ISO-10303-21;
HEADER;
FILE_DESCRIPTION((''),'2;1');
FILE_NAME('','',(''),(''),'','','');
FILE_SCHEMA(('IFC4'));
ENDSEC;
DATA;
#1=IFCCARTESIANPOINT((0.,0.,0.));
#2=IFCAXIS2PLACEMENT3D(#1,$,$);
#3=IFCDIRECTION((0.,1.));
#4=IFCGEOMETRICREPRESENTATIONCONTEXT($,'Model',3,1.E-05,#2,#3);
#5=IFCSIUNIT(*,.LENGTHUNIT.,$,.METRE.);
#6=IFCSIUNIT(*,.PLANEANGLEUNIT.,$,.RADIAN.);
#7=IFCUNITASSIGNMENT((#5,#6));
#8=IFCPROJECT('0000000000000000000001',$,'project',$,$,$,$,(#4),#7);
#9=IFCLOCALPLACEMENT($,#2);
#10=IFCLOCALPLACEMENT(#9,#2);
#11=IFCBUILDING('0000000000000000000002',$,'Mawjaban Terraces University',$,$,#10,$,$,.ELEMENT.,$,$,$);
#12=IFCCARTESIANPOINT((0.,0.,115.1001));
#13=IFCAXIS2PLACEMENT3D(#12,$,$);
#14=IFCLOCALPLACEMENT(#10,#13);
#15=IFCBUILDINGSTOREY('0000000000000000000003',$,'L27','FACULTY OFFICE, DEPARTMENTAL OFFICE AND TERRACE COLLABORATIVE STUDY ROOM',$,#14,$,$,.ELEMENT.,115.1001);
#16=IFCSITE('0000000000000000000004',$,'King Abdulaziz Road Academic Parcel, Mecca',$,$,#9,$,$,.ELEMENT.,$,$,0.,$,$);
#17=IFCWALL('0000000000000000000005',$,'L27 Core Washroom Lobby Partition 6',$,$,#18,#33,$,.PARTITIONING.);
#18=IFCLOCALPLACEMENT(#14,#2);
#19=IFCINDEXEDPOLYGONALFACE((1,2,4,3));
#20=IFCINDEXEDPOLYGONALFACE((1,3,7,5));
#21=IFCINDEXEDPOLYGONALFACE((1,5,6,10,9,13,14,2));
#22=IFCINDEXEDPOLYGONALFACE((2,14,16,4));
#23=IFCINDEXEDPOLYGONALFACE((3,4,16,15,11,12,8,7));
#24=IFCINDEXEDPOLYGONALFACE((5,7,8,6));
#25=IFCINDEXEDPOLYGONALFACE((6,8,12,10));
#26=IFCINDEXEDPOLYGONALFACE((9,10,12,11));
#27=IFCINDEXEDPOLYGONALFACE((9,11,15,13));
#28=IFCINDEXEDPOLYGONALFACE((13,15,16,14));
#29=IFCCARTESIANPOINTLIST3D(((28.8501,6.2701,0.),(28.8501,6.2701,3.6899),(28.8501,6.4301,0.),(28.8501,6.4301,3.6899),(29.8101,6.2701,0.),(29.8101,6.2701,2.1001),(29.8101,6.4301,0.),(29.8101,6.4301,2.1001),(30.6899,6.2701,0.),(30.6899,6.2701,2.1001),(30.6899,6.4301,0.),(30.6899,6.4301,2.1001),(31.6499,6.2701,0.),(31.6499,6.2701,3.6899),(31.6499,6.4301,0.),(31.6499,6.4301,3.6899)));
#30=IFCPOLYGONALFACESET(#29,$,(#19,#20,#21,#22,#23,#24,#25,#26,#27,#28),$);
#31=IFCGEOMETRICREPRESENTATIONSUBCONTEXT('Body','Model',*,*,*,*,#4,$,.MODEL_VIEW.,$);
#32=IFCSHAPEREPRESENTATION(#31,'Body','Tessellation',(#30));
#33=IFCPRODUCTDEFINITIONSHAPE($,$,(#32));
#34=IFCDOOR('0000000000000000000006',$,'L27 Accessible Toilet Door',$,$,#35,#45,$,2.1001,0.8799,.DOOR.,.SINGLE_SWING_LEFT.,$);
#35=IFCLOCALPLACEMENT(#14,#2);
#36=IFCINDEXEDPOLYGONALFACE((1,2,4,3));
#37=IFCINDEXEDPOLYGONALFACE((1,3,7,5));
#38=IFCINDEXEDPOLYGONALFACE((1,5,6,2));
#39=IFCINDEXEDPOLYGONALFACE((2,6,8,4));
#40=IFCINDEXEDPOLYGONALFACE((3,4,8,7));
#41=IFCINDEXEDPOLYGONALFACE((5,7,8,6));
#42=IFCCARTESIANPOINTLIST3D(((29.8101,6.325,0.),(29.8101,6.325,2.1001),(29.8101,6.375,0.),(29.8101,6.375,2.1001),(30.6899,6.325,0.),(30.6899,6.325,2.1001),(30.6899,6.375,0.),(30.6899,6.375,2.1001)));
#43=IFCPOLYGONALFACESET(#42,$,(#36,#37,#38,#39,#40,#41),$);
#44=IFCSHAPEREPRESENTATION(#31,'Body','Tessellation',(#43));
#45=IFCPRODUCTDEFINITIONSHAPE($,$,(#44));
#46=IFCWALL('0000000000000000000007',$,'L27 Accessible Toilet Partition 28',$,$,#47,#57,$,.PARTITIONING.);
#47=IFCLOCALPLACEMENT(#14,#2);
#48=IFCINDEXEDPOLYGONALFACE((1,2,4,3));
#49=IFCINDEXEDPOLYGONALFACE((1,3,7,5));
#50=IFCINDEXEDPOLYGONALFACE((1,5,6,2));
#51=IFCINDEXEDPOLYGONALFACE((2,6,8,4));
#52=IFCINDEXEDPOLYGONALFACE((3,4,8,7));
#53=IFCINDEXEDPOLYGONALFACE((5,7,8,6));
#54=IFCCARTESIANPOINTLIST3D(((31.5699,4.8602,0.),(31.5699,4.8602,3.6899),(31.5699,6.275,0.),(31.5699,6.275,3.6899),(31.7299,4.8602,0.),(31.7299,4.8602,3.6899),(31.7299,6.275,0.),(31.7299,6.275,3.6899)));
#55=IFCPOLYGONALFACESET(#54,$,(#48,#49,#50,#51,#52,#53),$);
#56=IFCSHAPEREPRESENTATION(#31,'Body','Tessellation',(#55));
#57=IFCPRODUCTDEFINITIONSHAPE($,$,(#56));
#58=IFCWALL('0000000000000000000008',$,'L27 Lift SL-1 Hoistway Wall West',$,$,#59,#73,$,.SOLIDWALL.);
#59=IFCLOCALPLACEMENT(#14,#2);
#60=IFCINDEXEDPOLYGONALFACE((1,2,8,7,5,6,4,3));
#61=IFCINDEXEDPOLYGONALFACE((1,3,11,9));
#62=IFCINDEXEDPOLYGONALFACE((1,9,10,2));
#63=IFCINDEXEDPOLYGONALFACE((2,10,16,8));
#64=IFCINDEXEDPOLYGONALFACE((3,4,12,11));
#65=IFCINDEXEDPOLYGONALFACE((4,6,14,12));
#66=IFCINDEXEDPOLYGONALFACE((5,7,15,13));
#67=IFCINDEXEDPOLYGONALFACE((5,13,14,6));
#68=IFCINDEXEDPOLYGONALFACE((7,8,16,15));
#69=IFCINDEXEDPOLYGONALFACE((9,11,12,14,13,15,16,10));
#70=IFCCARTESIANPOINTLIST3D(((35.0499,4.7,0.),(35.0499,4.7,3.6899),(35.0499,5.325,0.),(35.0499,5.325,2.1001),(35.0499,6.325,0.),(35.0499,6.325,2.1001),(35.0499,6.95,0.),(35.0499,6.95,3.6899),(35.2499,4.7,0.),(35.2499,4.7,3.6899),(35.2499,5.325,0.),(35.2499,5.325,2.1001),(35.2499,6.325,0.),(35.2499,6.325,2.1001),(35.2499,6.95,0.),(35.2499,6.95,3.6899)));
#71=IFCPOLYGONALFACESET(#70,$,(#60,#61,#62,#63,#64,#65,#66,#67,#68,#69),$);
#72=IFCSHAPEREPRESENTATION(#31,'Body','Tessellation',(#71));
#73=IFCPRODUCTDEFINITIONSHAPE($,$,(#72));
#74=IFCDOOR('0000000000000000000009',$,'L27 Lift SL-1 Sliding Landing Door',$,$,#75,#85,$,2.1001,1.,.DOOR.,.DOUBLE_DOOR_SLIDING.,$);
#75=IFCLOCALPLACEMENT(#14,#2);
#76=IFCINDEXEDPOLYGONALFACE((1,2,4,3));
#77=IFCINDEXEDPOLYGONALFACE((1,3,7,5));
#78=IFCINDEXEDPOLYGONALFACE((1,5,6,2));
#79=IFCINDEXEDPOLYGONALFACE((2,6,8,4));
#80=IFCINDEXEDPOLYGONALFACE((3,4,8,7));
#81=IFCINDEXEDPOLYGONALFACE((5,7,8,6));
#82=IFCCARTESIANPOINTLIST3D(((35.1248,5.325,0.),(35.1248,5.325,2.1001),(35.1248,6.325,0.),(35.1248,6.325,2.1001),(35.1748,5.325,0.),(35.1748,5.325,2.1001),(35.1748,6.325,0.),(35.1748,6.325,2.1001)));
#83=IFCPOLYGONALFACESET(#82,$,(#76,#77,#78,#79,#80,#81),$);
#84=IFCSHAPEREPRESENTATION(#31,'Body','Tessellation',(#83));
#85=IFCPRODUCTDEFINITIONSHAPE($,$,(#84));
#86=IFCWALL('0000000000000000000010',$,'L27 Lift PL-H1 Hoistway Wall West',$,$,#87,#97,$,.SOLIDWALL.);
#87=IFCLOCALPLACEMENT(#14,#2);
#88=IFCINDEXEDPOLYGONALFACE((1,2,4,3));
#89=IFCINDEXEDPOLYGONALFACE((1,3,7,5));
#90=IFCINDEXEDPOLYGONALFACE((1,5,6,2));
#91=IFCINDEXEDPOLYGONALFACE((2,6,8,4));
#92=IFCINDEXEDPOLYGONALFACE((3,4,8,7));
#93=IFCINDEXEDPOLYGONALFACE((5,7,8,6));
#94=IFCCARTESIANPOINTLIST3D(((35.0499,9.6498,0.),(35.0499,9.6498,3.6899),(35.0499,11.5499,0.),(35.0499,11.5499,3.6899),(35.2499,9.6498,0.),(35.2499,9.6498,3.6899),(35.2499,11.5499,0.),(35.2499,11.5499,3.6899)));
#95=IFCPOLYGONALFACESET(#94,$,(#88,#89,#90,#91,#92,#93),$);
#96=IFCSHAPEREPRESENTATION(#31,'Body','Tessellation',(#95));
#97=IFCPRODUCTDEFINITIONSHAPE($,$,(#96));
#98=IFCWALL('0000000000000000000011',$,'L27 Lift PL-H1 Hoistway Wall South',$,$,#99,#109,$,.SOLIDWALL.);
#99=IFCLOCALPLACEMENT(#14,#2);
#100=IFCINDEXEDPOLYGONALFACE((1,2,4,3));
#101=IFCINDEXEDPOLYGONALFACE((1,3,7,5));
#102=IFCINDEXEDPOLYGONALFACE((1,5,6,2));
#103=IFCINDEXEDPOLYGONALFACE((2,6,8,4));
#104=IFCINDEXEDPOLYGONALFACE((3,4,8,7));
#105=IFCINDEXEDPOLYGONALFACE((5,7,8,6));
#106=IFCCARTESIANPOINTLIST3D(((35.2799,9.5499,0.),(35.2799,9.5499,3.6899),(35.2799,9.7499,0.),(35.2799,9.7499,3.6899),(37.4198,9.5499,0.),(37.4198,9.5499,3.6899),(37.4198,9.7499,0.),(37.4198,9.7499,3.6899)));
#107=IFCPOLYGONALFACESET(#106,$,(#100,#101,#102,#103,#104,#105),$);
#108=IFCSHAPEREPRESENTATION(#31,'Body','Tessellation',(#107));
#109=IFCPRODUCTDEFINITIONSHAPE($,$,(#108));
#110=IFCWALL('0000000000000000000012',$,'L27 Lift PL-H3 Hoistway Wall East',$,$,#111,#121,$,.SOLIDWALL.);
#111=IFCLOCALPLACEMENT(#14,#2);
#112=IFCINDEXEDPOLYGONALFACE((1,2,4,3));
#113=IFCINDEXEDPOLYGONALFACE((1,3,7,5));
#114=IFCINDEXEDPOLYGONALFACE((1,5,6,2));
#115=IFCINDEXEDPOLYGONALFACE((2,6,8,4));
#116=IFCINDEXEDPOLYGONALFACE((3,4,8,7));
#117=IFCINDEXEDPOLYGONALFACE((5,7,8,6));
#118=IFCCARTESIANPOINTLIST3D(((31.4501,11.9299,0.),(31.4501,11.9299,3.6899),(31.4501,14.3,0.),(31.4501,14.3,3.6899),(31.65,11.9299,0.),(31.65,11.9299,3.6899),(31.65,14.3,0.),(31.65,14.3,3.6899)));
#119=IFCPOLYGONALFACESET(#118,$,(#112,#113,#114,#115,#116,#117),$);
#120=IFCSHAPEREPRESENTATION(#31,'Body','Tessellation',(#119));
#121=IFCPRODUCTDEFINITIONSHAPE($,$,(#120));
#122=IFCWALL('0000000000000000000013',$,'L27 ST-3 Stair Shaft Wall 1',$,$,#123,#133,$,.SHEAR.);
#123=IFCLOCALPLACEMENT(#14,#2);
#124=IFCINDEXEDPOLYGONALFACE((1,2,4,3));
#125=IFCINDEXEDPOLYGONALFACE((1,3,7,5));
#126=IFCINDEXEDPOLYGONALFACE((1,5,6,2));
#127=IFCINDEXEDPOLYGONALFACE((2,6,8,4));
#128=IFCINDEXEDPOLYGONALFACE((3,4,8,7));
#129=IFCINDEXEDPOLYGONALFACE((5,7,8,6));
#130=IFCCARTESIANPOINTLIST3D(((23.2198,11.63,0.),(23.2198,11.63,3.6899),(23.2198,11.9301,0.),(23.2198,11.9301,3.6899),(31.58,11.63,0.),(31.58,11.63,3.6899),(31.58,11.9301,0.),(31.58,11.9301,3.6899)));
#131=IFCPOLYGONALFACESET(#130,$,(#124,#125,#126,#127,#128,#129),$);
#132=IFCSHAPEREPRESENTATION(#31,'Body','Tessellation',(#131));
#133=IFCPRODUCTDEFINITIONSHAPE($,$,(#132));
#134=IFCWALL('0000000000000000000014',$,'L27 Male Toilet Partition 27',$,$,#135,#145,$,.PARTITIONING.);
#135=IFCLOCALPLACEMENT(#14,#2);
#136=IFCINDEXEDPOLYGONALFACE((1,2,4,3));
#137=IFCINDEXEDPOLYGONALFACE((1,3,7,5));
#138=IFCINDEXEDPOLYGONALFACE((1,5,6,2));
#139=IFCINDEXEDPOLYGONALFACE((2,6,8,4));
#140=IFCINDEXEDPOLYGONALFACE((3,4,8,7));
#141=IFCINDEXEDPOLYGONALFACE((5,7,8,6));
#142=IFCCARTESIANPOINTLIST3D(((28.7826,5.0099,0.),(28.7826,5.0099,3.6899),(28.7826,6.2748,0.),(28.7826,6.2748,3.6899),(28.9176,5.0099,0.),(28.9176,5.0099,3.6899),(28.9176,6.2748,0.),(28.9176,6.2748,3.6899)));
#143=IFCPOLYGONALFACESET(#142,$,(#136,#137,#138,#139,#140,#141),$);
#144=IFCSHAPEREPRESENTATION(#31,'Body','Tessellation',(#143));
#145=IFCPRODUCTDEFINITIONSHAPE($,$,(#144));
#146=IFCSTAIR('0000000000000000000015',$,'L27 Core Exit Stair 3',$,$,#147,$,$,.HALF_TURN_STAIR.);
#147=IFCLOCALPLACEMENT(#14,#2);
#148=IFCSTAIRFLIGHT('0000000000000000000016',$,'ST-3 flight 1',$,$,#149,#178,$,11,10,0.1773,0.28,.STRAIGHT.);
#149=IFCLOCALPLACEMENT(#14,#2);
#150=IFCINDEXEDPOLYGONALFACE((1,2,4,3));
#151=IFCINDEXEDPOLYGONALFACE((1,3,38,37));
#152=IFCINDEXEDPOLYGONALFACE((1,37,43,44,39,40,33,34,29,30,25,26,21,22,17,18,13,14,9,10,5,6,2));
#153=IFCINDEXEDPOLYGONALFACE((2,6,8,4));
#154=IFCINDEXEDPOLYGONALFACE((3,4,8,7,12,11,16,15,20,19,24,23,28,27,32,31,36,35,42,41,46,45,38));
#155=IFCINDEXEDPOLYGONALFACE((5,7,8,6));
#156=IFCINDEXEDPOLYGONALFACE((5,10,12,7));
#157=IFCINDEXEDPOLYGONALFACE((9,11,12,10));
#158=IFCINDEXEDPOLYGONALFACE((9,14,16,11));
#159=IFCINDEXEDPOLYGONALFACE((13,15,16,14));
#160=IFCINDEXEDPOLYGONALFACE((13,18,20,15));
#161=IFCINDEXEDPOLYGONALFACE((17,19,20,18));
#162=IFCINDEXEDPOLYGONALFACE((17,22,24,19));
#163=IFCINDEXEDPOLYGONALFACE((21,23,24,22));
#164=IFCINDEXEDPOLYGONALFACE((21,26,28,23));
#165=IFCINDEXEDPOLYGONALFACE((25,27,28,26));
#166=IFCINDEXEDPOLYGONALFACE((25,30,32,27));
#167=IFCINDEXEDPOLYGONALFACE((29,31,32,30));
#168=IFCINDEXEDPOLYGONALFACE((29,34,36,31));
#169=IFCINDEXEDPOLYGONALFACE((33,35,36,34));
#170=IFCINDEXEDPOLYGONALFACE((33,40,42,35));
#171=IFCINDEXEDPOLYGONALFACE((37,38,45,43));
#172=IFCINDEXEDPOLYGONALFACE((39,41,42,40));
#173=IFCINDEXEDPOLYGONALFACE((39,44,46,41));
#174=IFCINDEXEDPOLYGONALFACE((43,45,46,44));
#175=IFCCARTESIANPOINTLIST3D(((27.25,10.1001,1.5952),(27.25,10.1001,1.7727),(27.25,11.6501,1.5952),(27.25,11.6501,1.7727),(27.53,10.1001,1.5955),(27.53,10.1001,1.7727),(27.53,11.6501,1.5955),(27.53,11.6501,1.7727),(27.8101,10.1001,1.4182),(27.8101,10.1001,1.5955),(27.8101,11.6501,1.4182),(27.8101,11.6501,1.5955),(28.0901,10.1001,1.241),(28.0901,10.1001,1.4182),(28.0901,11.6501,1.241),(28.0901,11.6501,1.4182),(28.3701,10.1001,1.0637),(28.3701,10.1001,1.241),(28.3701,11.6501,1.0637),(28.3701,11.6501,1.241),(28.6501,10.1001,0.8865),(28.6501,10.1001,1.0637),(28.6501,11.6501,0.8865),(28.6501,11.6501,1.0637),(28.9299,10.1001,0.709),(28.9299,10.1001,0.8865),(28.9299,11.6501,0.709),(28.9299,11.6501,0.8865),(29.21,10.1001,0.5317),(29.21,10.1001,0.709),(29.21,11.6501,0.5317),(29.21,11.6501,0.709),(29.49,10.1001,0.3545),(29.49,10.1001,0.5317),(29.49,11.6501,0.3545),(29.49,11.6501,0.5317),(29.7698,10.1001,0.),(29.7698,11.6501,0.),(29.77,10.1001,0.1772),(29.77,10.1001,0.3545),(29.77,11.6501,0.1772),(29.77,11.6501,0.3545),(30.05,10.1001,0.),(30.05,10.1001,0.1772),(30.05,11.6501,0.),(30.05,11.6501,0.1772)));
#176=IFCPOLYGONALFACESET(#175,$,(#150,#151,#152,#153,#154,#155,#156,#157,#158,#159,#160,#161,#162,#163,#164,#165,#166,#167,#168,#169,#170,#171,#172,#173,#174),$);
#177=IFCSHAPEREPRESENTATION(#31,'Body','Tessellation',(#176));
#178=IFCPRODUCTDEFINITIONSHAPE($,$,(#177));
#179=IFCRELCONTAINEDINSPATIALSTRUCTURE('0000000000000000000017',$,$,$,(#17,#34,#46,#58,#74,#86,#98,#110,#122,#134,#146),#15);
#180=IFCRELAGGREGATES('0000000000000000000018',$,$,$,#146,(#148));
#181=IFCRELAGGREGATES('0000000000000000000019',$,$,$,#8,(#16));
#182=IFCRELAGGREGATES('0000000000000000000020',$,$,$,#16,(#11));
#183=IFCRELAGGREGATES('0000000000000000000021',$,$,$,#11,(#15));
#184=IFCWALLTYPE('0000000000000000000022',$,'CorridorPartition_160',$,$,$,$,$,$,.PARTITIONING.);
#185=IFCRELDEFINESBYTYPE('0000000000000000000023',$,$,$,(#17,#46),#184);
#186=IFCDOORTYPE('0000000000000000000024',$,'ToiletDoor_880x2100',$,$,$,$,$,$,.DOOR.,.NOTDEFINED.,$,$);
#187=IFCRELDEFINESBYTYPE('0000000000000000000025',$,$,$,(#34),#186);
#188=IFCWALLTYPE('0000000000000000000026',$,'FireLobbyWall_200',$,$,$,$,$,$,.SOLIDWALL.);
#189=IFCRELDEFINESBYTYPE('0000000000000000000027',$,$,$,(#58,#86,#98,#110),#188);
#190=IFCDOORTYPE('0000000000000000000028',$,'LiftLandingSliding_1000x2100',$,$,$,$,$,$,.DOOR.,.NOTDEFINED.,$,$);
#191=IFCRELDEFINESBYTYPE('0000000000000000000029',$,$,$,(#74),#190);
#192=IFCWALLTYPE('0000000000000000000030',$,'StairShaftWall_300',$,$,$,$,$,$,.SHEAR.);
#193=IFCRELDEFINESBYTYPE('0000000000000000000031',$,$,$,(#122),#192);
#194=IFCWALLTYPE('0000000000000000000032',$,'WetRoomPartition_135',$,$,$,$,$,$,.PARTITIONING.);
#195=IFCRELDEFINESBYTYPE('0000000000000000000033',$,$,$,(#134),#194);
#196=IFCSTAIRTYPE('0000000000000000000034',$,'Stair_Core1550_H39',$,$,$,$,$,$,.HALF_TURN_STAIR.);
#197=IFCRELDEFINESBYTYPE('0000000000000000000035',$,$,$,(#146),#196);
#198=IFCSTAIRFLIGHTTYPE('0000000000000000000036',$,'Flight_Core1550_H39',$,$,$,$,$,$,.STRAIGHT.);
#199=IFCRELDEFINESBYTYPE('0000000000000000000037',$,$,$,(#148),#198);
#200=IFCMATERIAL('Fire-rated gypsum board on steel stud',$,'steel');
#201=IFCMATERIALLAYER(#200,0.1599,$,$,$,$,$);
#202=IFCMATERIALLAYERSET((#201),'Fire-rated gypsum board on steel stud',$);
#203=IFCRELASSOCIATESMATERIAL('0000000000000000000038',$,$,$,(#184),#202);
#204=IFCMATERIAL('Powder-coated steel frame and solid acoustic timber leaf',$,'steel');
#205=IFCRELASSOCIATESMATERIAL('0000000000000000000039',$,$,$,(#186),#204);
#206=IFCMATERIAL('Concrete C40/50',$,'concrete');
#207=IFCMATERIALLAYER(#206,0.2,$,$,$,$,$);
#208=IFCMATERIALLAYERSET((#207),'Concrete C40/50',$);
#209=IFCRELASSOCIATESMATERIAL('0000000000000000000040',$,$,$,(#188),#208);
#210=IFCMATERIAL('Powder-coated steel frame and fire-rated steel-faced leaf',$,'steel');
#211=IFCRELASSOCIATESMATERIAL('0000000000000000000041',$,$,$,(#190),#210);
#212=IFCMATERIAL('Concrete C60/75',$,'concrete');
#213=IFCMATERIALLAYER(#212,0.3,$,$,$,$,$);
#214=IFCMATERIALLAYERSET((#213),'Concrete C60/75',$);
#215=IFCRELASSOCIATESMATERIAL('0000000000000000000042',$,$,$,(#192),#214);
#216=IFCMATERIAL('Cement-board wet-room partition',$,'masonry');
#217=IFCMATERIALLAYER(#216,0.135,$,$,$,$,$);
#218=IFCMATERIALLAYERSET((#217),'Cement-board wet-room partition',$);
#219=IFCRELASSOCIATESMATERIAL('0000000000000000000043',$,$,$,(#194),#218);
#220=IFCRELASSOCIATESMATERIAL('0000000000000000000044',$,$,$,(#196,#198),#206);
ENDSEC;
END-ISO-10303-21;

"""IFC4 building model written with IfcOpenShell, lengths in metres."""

from ifc_helpers import new_model, si_unit, direction, frame, frame_2d, origin, place, context, subcontext, project, spatial, polyline, rectangle, outline, extrude, material, layer, layer_set, type_object, element, fill, aggregate, save


model = new_model("IFC4")

# Units and contexts
model_context = context("Model", 3, precision=1e-05, world=origin(), true_north=direction((0.0, 1.0)))
body_context = subcontext(model_context, "Body", "Model", "MODEL_VIEW")
ifc_project = project(units=[si_unit("LENGTHUNIT", "METRE"), si_unit("PLANEANGLEUNIT", "RADIAN")], contexts=[model_context])

# Site, building, storey
site_placement = place(None, origin())
site = spatial("IfcSite", under=ifc_project, at=site_placement, Name="King Abdulaziz Road Academic Parcel, Mecca", CompositionType="ELEMENT", RefElevation=0.0)
building_placement = place(site_placement, origin())
building = spatial("IfcBuilding", under=site, at=building_placement, Name="Mawjaban Terraces University", CompositionType="ELEMENT")
storey_placement = place(building_placement, frame((0.0, 0.0, 115.1001)))
storey = spatial("IfcBuildingStorey", under=building, at=storey_placement, Name="L27", Description="FACULTY OFFICE, DEPARTMENTAL OFFICE AND TERRACE COLLABORATIVE STUDY ROOM", CompositionType="ELEMENT", Elevation=115.1001)

# Wall, opening, door
ifc_material_1 = material(Name="Fire-rated gypsum board on steel stud", Category="steel")
ifc_layer_1 = layer(ifc_material_1, 0.1599)
ifc_layer_set_1 = layer_set([ifc_layer_1], Name="Fire-rated gypsum board on steel stud")
wall_type_1 = type_object("IfcWallType", Name="CorridorPartition_160", PredefinedType="PARTITIONING", material=ifc_layer_set_1)
wall_1_placement = place(storey_placement, frame((28.8501, 6.3501, 0.0), z_axis=(0.0, 0.0, 1.0), x_axis=(1.0, 0.0, 0.0)))
wall_1 = element("IfcWall", 1, at=wall_1_placement, inside=storey, type_object=wall_type_1, Name="L27 Core Washroom Lobby Partition 6", PredefinedType="PARTITIONING", context=body_context, shape_type="SweptSolid", body=[
    extrude(rectangle(XDim=2.7998, YDim=0.1599, at=frame_2d((1.3999, 0.0))), origin(), (0.0, 0.0, 1.0), 3.6899),
])
opening_1_placement = place(wall_1_placement, frame((0.96, 0.0, 0.0)))
opening_1 = element("IfcOpeningElement", 2, at=opening_1_placement, cuts=wall_1, PredefinedType="OPENING", context=body_context, shape_type="SweptSolid", body=[
    extrude(rectangle(XDim=0.8799, YDim=2.1001, at=frame_2d((0.4399, 1.05))), frame((0.0, 0.0898, 0.0), z_axis=(0.0, -1.0, 0.0), x_axis=(1.0, 0.0, 0.0)), (0.0, 0.0, 1.0), 0.1799),
])
ifc_material_2 = material(Name="Powder-coated steel frame and solid acoustic timber leaf", Category="steel")
door_type_1 = type_object("IfcDoorType", Name="ToiletDoor_880x2100", OperationType="NOTDEFINED", PredefinedType="DOOR", material=ifc_material_2)
door_1_placement = place(opening_1_placement, origin())
door_1 = element("IfcDoor", 3, at=door_1_placement, inside=storey, type_object=door_type_1, Name="L27 Accessible Toilet Door", OperationType="SINGLE_SWING_LEFT", OverallHeight=2.1001, OverallWidth=0.8799, PredefinedType="DOOR", context=body_context, shape_type="SweptSolid", body=[
    extrude(rectangle(XDim=0.8799, YDim=2.1001, at=frame_2d((0.4399, 1.05))), frame((0.0, 0.0249, 0.0), z_axis=(0.0, -1.0, 0.0), x_axis=(1.0, 0.0, 0.0)), (0.0, 0.0, 1.0), 0.05),
])
fill(opening_1, door_1)

# Wall
wall_2_placement = place(storey_placement, frame((31.6499, 4.8601, 0.0), z_axis=(0.0, 0.0, 1.0), x_axis=(0.0, 1.0, 0.0)))
element("IfcWall", 4, at=wall_2_placement, inside=storey, type_object=wall_type_1, Name="L27 Accessible Toilet Partition 28", PredefinedType="PARTITIONING", context=body_context, shape_type="SweptSolid", body=[
    extrude(rectangle(XDim=1.4148, YDim=0.1599, at=frame_2d((0.7075, 0.0))), origin(), (0.0, 0.0, 1.0), 3.6899),
])

# Wall, opening, door
ifc_material_3 = material(Name="Concrete C40/50", Category="concrete")
ifc_layer_2 = layer(ifc_material_3, 0.2)
ifc_layer_set_2 = layer_set([ifc_layer_2], Name="Concrete C40/50")
wall_type_2 = type_object("IfcWallType", Name="FireLobbyWall_200", PredefinedType="SOLIDWALL", material=ifc_layer_set_2)
wall_3_placement = place(storey_placement, frame((35.1499, 6.95, 0.0), z_axis=(0.0, 0.0, 1.0), x_axis=(0.0, -1.0, 0.0)))
wall_3 = element("IfcWall", 5, at=wall_3_placement, inside=storey, type_object=wall_type_2, Name="L27 Lift SL-1 Hoistway Wall West", PredefinedType="SOLIDWALL", context=body_context, shape_type="SweptSolid", body=[
    extrude(rectangle(XDim=2.25, YDim=0.2, at=frame_2d((1.125, 0.0))), origin(), (0.0, 0.0, 1.0), 3.6899),
])
opening_2_placement = place(wall_3_placement, frame((0.625, 0.0, 0.0)))
opening_2 = element("IfcOpeningElement", 6, at=opening_2_placement, cuts=wall_3, PredefinedType="OPENING", context=body_context, shape_type="SweptSolid", body=[
    extrude(rectangle(XDim=1.0, YDim=2.1001, at=frame_2d((0.5, 1.05))), frame((0.0, 0.1099, 0.0), z_axis=(0.0, -1.0, 0.0), x_axis=(1.0, 0.0, 0.0)), (0.0, 0.0, 1.0), 0.22),
])
ifc_material_4 = material(Name="Powder-coated steel frame and fire-rated steel-faced leaf", Category="steel")
door_type_2 = type_object("IfcDoorType", Name="LiftLandingSliding_1000x2100", OperationType="NOTDEFINED", PredefinedType="DOOR", material=ifc_material_4)
door_2_placement = place(opening_2_placement, origin())
door_2 = element("IfcDoor", 7, at=door_2_placement, inside=storey, type_object=door_type_2, Name="L27 Lift SL-1 Sliding Landing Door", OperationType="DOUBLE_DOOR_SLIDING", OverallHeight=2.1001, OverallWidth=1.0, PredefinedType="DOOR", context=body_context, shape_type="SweptSolid", body=[
    extrude(rectangle(XDim=1.0, YDim=2.1001, at=frame_2d((0.5, 1.05))), frame((0.0, 0.0249, 0.0), z_axis=(0.0, -1.0, 0.0), x_axis=(1.0, 0.0, 0.0)), (0.0, 0.0, 1.0), 0.05),
])
fill(opening_2, door_2)

# Walls
wall_4_placement = place(storey_placement, frame((35.1499, 11.55, 0.0), z_axis=(0.0, 0.0, 1.0), x_axis=(0.0, -1.0, 0.0)))
element("IfcWall", 8, at=wall_4_placement, inside=storey, type_object=wall_type_2, Name="L27 Lift PL-H1 Hoistway Wall West", PredefinedType="SOLIDWALL", context=body_context, shape_type="SweptSolid", body=[
    extrude(rectangle(XDim=1.9001, YDim=0.2, at=frame_2d((0.9502, 0.0))), origin(), (0.0, 0.0, 1.0), 3.6899),
])
wall_5_placement = place(storey_placement, frame((35.28, 9.6499, 0.0), z_axis=(0.0, 0.0, 1.0), x_axis=(1.0, 0.0, 0.0)))
element("IfcWall", 9, at=wall_5_placement, inside=storey, type_object=wall_type_2, Name="L27 Lift PL-H1 Hoistway Wall South", PredefinedType="SOLIDWALL", context=body_context, shape_type="SweptSolid", body=[
    extrude(rectangle(XDim=2.1399, YDim=0.2, at=frame_2d((1.0698, 0.0))), origin(), (0.0, 0.0, 1.0), 3.6899),
])
wall_6_placement = place(storey_placement, frame((31.55, 11.9299, 0.0), z_axis=(0.0, 0.0, 1.0), x_axis=(0.0, 1.0, 0.0)))
element("IfcWall", 10, at=wall_6_placement, inside=storey, type_object=wall_type_2, Name="L27 Lift PL-H3 Hoistway Wall East", PredefinedType="SOLIDWALL", context=body_context, shape_type="SweptSolid", body=[
    extrude(rectangle(XDim=2.3701, YDim=0.2, at=frame_2d((1.1851, 0.0))), origin(), (0.0, 0.0, 1.0), 3.6899),
])
ifc_material_5 = material(Name="Concrete C60/75", Category="concrete")
ifc_layer_3 = layer(ifc_material_5, 0.3)
ifc_layer_set_3 = layer_set([ifc_layer_3], Name="Concrete C60/75")
wall_type_3 = type_object("IfcWallType", Name="StairShaftWall_300", PredefinedType="SHEAR", material=ifc_layer_set_3)
wall_7_placement = place(storey_placement, frame((31.5801, 11.78, 0.0), z_axis=(0.0, 0.0, 1.0), x_axis=(-1.0, 0.0, 0.0)))
element("IfcWall", 11, at=wall_7_placement, inside=storey, type_object=wall_type_3, Name="L27 ST-3 Stair Shaft Wall 1", PredefinedType="SHEAR", context=body_context, shape_type="SweptSolid", body=[
    extrude(rectangle(XDim=8.3601, YDim=0.3, at=frame_2d((4.1802, 0.0))), origin(), (0.0, 0.0, 1.0), 3.6899),
])

# Wall
ifc_material_6 = material(Name="Cement-board wet-room partition", Category="masonry")
ifc_layer_4 = layer(ifc_material_6, 0.135)
ifc_layer_set_4 = layer_set([ifc_layer_4], Name="Cement-board wet-room partition")
wall_type_4 = type_object("IfcWallType", Name="WetRoomPartition_135", PredefinedType="PARTITIONING", material=ifc_layer_set_4)
wall_8_placement = place(storey_placement, frame((28.8501, 5.01, 0.0), z_axis=(0.0, 0.0, 1.0), x_axis=(0.0, 1.0, 0.0)))
element("IfcWall", 12, at=wall_8_placement, inside=storey, type_object=wall_type_4, Name="L27 Male Toilet Partition 27", PredefinedType="PARTITIONING", context=body_context, shape_type="SweptSolid", body=[
    extrude(rectangle(XDim=1.2649, YDim=0.135, at=frame_2d((0.6323, 0.0))), origin(), (0.0, 0.0, 1.0), 3.6899),
])

# Stair, stair flight
stair_type = type_object("IfcStairType", Name="Stair_Core1550_H39", PredefinedType="HALF_TURN_STAIR", material=ifc_material_3)
stair_placement = place(storey_placement, origin())
stair = element("IfcStair", 13, at=stair_placement, inside=storey, type_object=stair_type, Name="L27 Core Exit Stair 3", PredefinedType="HALF_TURN_STAIR")
stair_flight_type = type_object("IfcStairFlightType", Name="Flight_Core1550_H39", PredefinedType="STRAIGHT", material=ifc_material_3)
stair_flight_1_placement = place(storey_placement, frame((30.05, 10.875, 0.0), z_axis=(0.0, 0.0, 1.0), x_axis=(-1.0, 0.0, 0.0)))
stair_flight_1 = element("IfcStairFlight", 14, at=stair_flight_1_placement, type_object=stair_flight_type, Name="ST-3 flight 1", NumberOfRisers=11, NumberOfTreads=10, PredefinedType="STRAIGHT", RiserHeight=0.1773, TreadLength=0.28, context=body_context, shape_type="SweptSolid", body=[
    extrude(outline(polyline([(0.0, 0.0), (0.0, 0.1772), (0.28, 0.1772), (0.28, 0.3545), (0.5601, 0.3545), (0.5601, 0.5317), (0.8401, 0.5317), (0.8401, 0.709), (1.1201, 0.709), (1.1201, 0.8865), (1.3999, 0.8865), (1.3999, 1.0637), (1.6799, 1.0637), (1.6799, 1.241), (1.96, 1.241), (1.96, 1.4182), (2.24, 1.4182), (2.24, 1.5955), (2.52, 1.5955), (2.52, 1.7727), (2.8, 1.7727), (2.8, 1.95), (2.8, 1.5952), (0.2803, 0.0), (0.0, 0.0)])), frame((0.0, 0.7749, 0.0), z_axis=(0.0, -1.0, 0.0), x_axis=(1.0, 0.0, 0.0)), (0.0, 0.0, 1.0), 1.55),
])
aggregate(stair, [stair_flight_1])

save(model, "model.ifc")
